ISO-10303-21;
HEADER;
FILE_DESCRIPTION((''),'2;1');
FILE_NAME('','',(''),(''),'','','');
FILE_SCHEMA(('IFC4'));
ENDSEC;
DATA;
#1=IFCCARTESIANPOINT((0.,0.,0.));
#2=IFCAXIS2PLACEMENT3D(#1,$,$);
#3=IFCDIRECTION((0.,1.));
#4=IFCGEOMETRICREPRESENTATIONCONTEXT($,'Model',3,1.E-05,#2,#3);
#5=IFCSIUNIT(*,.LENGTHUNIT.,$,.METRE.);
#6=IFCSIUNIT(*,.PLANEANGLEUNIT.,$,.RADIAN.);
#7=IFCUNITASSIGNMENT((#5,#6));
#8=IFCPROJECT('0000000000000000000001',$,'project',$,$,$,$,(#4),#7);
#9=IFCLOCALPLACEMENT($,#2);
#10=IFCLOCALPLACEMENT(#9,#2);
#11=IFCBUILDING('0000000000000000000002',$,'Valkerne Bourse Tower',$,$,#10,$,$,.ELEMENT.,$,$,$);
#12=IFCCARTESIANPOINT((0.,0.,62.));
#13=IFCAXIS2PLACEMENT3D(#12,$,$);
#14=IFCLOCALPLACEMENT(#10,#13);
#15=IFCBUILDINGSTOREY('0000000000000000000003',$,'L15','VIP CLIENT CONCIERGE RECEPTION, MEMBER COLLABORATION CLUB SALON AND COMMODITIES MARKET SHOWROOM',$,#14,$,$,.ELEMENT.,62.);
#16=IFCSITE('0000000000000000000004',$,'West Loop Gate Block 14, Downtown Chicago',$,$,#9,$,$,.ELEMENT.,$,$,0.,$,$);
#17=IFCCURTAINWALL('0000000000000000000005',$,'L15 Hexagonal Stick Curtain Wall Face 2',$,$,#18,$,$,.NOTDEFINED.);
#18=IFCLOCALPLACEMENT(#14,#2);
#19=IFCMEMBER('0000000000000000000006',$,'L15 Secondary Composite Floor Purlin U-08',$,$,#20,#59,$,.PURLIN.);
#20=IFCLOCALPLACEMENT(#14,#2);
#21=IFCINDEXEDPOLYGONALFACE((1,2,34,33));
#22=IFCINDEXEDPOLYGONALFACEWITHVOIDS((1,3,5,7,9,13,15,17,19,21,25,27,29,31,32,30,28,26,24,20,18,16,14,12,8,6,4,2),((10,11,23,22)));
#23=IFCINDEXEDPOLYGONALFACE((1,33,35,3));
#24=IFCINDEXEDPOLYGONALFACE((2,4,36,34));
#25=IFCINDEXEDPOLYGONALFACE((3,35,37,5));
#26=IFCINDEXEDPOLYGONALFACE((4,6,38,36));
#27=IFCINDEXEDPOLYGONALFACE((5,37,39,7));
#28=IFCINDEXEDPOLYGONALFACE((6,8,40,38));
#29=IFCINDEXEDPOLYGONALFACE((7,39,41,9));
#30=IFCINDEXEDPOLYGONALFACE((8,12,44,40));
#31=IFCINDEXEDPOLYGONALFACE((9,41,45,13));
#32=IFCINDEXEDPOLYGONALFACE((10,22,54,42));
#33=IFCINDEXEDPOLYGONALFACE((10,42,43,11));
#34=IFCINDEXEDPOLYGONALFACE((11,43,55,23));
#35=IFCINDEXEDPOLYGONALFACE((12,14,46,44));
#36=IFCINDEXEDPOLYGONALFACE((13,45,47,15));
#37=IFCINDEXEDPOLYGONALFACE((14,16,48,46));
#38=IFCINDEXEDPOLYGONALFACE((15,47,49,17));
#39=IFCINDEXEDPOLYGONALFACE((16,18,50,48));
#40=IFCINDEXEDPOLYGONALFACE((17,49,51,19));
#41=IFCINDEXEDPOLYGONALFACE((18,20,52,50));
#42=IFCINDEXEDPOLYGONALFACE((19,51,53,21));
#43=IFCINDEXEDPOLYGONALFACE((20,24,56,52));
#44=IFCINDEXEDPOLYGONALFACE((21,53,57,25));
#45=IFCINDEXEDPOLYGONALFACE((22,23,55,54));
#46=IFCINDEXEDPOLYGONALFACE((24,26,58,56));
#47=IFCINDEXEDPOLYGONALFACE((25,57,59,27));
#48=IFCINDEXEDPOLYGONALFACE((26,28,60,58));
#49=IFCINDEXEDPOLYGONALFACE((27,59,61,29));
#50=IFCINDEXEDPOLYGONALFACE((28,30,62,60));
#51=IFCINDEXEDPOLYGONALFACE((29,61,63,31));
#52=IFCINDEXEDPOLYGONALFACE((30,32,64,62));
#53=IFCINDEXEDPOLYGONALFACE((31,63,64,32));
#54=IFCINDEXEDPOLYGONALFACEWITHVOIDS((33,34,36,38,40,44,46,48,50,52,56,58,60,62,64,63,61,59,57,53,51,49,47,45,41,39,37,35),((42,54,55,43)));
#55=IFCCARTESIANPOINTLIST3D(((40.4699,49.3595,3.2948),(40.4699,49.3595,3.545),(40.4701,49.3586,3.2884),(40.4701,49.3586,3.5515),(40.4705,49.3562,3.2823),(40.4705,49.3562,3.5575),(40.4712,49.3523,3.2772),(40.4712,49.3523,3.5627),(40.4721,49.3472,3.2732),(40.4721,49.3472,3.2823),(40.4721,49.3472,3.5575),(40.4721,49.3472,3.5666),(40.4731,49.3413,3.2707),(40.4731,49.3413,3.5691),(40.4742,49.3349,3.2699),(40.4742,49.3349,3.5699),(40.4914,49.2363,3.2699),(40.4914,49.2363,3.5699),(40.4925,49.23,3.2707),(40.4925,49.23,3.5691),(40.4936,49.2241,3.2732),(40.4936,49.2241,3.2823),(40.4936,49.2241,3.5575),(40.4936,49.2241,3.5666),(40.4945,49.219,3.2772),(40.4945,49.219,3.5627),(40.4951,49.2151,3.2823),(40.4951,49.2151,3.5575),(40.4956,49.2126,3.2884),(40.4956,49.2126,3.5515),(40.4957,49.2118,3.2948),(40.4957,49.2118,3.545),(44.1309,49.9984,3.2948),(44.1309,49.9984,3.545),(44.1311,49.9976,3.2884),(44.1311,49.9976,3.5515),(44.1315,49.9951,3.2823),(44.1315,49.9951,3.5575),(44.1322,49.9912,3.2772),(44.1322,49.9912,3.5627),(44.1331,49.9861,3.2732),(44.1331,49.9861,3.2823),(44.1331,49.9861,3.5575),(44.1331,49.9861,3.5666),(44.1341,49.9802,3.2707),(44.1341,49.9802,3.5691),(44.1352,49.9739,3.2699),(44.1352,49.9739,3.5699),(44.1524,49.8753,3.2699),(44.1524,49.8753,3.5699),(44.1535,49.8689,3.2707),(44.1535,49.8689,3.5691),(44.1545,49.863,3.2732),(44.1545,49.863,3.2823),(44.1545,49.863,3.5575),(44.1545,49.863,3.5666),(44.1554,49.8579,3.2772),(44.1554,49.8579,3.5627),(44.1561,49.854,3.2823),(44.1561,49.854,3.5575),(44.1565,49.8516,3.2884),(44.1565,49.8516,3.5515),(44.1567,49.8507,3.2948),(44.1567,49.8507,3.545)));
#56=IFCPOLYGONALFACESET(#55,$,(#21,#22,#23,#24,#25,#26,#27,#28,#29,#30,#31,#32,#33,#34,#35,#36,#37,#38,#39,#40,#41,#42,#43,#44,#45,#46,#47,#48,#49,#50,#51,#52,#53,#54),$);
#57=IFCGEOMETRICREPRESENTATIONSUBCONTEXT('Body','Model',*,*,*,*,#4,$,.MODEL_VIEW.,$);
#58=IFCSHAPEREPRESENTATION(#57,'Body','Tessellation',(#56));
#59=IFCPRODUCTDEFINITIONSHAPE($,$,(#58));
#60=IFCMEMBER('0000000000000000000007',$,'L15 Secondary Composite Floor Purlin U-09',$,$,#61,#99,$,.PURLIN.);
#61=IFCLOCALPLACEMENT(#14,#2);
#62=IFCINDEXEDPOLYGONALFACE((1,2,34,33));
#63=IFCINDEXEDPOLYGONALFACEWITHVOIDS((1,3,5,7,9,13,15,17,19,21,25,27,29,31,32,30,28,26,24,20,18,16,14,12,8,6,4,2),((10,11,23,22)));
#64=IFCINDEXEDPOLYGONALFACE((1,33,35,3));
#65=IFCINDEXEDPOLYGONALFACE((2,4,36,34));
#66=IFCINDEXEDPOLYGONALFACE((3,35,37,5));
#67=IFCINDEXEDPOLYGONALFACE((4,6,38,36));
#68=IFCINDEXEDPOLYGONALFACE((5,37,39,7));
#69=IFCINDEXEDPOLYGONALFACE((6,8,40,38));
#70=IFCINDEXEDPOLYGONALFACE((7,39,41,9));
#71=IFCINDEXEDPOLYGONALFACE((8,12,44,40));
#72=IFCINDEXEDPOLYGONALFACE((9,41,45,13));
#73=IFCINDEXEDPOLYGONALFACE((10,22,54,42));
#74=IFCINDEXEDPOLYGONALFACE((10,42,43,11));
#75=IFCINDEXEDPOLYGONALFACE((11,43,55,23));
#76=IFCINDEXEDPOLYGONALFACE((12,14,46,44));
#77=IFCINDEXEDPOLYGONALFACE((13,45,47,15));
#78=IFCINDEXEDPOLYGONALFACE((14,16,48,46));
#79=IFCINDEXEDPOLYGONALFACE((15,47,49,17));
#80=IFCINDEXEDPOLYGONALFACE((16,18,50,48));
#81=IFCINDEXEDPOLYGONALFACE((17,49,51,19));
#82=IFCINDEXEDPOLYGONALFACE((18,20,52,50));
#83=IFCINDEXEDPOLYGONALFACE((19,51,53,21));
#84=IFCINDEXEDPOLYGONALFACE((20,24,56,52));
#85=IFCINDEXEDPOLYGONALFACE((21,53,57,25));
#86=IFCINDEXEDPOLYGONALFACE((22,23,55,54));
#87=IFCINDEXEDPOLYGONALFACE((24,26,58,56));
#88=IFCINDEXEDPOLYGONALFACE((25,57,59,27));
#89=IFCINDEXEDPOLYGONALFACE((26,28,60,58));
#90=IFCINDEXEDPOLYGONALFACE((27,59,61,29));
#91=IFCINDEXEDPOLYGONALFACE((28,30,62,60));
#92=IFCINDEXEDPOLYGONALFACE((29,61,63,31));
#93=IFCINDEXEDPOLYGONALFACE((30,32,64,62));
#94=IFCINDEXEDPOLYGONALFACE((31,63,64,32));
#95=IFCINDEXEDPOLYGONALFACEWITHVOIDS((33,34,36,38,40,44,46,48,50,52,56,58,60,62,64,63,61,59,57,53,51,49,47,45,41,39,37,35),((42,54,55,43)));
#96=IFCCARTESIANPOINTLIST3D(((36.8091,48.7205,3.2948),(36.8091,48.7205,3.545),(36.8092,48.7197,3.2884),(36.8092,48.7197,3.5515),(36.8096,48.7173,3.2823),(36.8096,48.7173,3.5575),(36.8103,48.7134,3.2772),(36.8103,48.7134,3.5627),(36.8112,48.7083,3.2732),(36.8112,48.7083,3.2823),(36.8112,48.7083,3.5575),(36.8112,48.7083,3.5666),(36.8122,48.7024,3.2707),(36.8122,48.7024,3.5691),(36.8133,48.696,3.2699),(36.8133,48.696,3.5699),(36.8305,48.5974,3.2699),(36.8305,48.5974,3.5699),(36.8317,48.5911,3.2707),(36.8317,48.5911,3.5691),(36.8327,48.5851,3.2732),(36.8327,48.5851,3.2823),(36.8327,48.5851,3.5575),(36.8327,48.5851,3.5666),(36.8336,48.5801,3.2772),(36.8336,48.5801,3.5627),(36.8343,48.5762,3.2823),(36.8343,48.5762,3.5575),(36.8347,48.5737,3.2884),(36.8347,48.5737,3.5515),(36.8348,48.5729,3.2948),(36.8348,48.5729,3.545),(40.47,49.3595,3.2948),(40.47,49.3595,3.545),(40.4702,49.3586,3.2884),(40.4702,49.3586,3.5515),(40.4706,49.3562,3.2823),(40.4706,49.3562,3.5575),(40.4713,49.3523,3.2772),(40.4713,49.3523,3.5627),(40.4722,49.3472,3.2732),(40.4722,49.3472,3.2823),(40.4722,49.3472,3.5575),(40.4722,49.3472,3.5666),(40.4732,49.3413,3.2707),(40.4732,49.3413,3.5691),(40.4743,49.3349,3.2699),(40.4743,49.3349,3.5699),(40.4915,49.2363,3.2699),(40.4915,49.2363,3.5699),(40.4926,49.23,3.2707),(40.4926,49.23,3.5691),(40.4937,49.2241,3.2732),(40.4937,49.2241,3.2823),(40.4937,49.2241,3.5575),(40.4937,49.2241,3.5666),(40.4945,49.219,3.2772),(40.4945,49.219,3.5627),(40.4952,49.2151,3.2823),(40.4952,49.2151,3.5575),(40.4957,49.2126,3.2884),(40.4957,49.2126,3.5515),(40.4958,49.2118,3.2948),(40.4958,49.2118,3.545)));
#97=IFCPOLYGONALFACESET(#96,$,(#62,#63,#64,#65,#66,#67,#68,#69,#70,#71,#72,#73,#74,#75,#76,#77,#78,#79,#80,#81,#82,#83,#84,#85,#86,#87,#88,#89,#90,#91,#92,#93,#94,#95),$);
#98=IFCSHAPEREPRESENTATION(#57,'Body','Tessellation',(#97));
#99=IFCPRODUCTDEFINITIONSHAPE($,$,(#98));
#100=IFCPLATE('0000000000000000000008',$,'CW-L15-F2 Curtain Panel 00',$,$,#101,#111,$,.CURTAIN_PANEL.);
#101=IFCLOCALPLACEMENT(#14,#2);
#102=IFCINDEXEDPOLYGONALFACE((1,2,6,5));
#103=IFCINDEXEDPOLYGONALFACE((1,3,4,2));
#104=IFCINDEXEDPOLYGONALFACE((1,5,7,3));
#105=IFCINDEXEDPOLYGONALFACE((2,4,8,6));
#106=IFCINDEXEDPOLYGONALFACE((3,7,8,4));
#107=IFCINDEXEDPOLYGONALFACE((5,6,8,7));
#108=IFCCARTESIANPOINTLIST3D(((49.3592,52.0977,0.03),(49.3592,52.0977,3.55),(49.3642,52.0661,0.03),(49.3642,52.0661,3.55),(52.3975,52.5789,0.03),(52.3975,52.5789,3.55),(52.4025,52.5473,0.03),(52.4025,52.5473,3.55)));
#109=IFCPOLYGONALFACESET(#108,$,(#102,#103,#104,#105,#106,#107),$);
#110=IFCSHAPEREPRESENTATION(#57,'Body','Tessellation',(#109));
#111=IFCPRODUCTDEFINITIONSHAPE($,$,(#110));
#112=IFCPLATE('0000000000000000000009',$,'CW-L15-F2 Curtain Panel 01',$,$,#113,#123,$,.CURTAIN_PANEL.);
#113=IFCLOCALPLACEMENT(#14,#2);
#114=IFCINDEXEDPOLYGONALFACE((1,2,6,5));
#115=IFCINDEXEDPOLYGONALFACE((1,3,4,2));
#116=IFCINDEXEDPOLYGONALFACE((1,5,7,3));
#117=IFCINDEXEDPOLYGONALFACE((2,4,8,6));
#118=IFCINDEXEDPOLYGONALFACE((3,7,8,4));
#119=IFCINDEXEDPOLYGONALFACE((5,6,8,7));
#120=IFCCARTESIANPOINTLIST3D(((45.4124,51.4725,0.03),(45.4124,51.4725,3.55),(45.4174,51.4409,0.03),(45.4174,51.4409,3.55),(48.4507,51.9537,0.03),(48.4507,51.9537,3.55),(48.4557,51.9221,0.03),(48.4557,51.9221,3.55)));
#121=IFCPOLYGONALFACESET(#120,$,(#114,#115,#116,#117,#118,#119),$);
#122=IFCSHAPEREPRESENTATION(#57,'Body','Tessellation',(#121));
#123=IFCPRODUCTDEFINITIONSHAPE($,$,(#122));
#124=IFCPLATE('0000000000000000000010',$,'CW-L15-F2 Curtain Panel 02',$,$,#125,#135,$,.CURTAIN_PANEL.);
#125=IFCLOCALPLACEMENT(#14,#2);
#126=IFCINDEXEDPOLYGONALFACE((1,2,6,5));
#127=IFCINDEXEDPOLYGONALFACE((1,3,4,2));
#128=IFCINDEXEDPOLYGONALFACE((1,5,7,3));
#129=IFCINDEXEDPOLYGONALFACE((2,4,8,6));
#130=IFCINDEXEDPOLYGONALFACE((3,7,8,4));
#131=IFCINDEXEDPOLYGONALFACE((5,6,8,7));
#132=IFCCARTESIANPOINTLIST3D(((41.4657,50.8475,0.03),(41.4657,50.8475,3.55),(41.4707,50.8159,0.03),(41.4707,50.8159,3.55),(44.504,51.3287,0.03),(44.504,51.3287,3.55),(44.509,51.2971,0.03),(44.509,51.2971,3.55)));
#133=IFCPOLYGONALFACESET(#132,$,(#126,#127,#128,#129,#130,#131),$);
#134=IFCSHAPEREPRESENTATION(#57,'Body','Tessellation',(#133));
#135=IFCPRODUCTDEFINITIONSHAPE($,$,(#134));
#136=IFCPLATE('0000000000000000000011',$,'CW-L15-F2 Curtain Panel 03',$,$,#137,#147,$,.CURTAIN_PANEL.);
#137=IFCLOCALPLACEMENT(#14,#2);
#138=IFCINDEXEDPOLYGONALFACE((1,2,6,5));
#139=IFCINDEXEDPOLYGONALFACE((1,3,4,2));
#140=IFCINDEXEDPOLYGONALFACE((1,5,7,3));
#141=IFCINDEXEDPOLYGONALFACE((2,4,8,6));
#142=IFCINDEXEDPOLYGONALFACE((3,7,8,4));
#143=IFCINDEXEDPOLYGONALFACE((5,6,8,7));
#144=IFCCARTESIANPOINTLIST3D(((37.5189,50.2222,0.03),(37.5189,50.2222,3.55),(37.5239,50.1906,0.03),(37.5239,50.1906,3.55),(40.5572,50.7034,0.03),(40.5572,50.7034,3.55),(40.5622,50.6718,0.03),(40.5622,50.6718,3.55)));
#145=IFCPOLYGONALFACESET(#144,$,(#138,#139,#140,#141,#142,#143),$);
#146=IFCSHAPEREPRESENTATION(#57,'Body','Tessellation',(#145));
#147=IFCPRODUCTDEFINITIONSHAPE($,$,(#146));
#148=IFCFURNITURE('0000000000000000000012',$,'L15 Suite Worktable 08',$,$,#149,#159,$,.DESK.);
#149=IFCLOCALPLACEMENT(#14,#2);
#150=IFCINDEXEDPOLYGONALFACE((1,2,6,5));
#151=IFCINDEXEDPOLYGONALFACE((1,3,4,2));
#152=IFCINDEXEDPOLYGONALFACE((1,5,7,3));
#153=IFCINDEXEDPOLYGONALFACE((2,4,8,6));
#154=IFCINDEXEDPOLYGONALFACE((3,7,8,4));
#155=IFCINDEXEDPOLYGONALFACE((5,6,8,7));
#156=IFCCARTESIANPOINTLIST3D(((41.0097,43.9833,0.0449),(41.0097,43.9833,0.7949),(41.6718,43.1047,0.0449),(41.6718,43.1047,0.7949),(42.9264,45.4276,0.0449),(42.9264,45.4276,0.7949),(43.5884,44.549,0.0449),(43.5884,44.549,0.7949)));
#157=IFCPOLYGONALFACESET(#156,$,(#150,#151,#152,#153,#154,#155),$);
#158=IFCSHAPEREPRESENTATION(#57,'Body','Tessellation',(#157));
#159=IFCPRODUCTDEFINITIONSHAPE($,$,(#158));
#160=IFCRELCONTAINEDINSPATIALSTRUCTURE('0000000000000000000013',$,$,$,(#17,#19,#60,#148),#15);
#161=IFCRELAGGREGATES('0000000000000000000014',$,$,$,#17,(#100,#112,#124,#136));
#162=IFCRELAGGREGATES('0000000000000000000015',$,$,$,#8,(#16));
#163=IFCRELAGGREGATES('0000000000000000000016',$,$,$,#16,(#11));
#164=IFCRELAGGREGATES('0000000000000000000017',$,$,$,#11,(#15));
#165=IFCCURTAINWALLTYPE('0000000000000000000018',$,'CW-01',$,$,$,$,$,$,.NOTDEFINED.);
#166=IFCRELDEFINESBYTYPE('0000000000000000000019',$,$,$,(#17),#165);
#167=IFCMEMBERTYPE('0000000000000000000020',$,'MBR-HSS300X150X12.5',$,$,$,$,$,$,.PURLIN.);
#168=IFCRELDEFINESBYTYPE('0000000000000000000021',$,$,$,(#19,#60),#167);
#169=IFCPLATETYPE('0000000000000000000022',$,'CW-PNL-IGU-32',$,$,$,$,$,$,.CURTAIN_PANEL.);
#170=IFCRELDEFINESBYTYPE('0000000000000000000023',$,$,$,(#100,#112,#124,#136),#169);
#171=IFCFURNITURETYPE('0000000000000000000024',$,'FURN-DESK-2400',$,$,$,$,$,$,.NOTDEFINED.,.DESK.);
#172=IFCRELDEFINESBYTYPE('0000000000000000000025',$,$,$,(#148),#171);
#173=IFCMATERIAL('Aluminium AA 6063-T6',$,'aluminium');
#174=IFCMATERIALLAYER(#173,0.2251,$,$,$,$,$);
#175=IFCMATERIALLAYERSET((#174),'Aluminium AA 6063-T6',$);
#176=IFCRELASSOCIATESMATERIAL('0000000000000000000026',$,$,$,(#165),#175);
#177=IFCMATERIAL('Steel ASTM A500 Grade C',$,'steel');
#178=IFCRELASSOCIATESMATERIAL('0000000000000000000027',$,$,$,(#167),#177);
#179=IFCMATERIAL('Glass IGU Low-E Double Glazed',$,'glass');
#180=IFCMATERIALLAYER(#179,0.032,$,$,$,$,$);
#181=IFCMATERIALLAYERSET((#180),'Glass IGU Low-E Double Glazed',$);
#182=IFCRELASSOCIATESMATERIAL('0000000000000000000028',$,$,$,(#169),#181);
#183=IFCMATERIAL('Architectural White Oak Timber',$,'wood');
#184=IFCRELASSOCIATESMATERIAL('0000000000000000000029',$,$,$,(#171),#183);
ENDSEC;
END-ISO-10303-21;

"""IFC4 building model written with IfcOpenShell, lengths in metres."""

from ifc_helpers import new_model, si_unit, direction, frame, origin, origin_2d, place, context, subcontext, project, spatial, rectangle, hollow_rectangle, extrude, material, layer, layer_set, material_profile, profile_set, type_object, element, aggregate, save


model = new_model("IFC4")

# Units and contexts
model_context = context("Model", 3, precision=1e-05, world=origin(), true_north=direction((0.0, 1.0)))
body_context = subcontext(model_context, "Body", "Model", "MODEL_VIEW")
ifc_project = project(units=[si_unit("LENGTHUNIT", "METRE"), si_unit("PLANEANGLEUNIT", "RADIAN")], contexts=[model_context])

# Site, building, storey
site_placement = place(None, origin())
site = spatial("IfcSite", under=ifc_project, at=site_placement, Name="West Loop Gate Block 14, Downtown Chicago", CompositionType="ELEMENT", RefElevation=0.0)
building_placement = place(site_placement, origin())
building = spatial("IfcBuilding", under=site, at=building_placement, Name="Valkerne Bourse Tower", CompositionType="ELEMENT")
storey_placement = place(building_placement, frame((0.0, 0.0, 62.0)))
storey = spatial("IfcBuildingStorey", under=building, at=storey_placement, Name="L15", Description="VIP CLIENT CONCIERGE RECEPTION, MEMBER COLLABORATION CLUB SALON AND COMMODITIES MARKET SHOWROOM", CompositionType="ELEMENT", Elevation=62.0)

# Curtain wall
ifc_material_1 = material(Name="Aluminium AA 6063-T6", Category="aluminium")
ifc_layer_1 = layer(ifc_material_1, 0.2251)
ifc_layer_set_1 = layer_set([ifc_layer_1], Name="Aluminium AA 6063-T6")
curtain_wall_type = type_object("IfcCurtainWallType", Name="CW-01", PredefinedType="NOTDEFINED", material=ifc_layer_set_1)
curtain_wall_placement = place(storey_placement, origin())
curtain_wall = element("IfcCurtainWall", 1, at=curtain_wall_placement, inside=storey, type_object=curtain_wall_type, Name="L15 Hexagonal Stick Curtain Wall Face 2", PredefinedType="NOTDEFINED")

# Members
ifc_material_2 = material(Name="Steel ASTM A500 Grade C", Category="steel")
ifc_material_profile_1 = material_profile(ifc_material_2, hollow_rectangle(XDim=0.1499, YDim=0.3, WallThickness=0.0125, OuterFilletRadius=0.0249, at=origin_2d()), Name="HSS300X150X12.5")
ifc_profile_set_1 = profile_set([ifc_material_profile_1], Name="Steel ASTM A500 Grade C")
member_type_1 = type_object("IfcMemberType", Name="MBR-HSS300X150X12.5", PredefinedType="PURLIN", material=ifc_profile_set_1)
for number, where, z_axis, x_axis, name in (
    (2, (44.1438, 49.9246, 3.4199), (-0.98511, -0.171926, 0.0), (0.171926, -0.98511, 0.0), "L15 Secondary Composite Floor Purlin U-08"),
    (3, (40.4829, 49.2856, 3.4199), (-0.98511, -0.171926, 0.0), (0.171926, -0.98511, 0.0), "L15 Secondary Composite Floor Purlin U-09"),
):
    element("IfcMember", number, at=place(storey_placement, frame(where, z_axis=z_axis, x_axis=x_axis)), inside=storey, type_object=member_type_1, Name=name, PredefinedType="PURLIN", context=body_context, shape_type="SweptSolid", body=[
        extrude(hollow_rectangle(XDim=0.1499, YDim=0.3, WallThickness=0.0125, OuterFilletRadius=0.0249, at=origin_2d()), origin(), (0.0, 0.0, 1.0), 3.7163),
    ])

# Plates
ifc_material_3 = material(Name="Glass IGU Low-E Double Glazed", Category="glass")
ifc_layer_2 = layer(ifc_material_3, 0.032)
ifc_layer_set_2 = layer_set([ifc_layer_2], Name="Glass IGU Low-E Double Glazed")
plate_type = type_object("IfcPlateType", Name="CW-PNL-IGU-32", PredefinedType="CURTAIN_PANEL", material=ifc_layer_set_2)
plate_1_placement = place(storey_placement, frame((50.8809, 52.3225, 0.03), z_axis=(0.0, 0.0, 1.0), x_axis=(-0.987689, -0.156432, 0.0)))
plate_1 = element("IfcPlate", 4, at=plate_1_placement, type_object=plate_type, Name="CW-L15-F2 Curtain Panel 00", PredefinedType="CURTAIN_PANEL", context=body_context, shape_type="SweptSolid", body=[
    extrude(rectangle(XDim=3.0762, YDim=0.032, at=origin_2d()), origin(), (0.0, 0.0, 1.0), 3.52),
])
plate_2_placement = place(storey_placement, frame((46.9341, 51.6973, 0.03), z_axis=(0.0, 0.0, 1.0), x_axis=(-0.987689, -0.156432, 0.0)))
plate_2 = element("IfcPlate", 5, at=plate_2_placement, type_object=plate_type, Name="CW-L15-F2 Curtain Panel 01", PredefinedType="CURTAIN_PANEL", context=body_context, shape_type="SweptSolid", body=[
    extrude(rectangle(XDim=3.0762, YDim=0.032, at=origin_2d()), origin(), (0.0, 0.0, 1.0), 3.52),
])
plate_3_placement = place(storey_placement, frame((42.9873, 51.0723, 0.03), z_axis=(0.0, 0.0, 1.0), x_axis=(-0.987689, -0.156432, 0.0)))
plate_3 = element("IfcPlate", 6, at=plate_3_placement, type_object=plate_type, Name="CW-L15-F2 Curtain Panel 02", PredefinedType="CURTAIN_PANEL", context=body_context, shape_type="SweptSolid", body=[
    extrude(rectangle(XDim=3.0762, YDim=0.032, at=origin_2d()), origin(), (0.0, 0.0, 1.0), 3.52),
])
plate_4_placement = place(storey_placement, frame((39.0405, 50.447, 0.03), z_axis=(0.0, 0.0, 1.0), x_axis=(-0.987689, -0.156432, 0.0)))
plate_4 = element("IfcPlate", 7, at=plate_4_placement, type_object=plate_type, Name="CW-L15-F2 Curtain Panel 03", PredefinedType="CURTAIN_PANEL", context=body_context, shape_type="SweptSolid", body=[
    extrude(rectangle(XDim=3.0762, YDim=0.032, at=origin_2d()), origin(), (0.0, 0.0, 1.0), 3.52),
])
aggregate(curtain_wall, [plate_1, plate_2, plate_3, plate_4])

# Furniture
ifc_material_4 = material(Name="Architectural White Oak Timber", Category="wood")
furniture_type = type_object("IfcFurnitureType", Name="FURN-DESK-2400", AssemblyPlace="NOTDEFINED", PredefinedType="DESK", material=ifc_material_4)
furniture_placement = place(storey_placement, frame((42.2991, 44.2661, 0.0449), z_axis=(0.0, 0.0, 1.0), x_axis=(0.798636, 0.601815, 0.0)))
element("IfcFurniture", 8, at=furniture_placement, inside=storey, type_object=furniture_type, Name="L15 Suite Worktable 08", PredefinedType="DESK", context=body_context, shape_type="SweptSolid", body=[
    extrude(rectangle(XDim=2.3999, YDim=1.1001, at=origin_2d()), origin(), (0.0, 0.0, 1.0), 0.75),
])

save(model, "model.ifc")
